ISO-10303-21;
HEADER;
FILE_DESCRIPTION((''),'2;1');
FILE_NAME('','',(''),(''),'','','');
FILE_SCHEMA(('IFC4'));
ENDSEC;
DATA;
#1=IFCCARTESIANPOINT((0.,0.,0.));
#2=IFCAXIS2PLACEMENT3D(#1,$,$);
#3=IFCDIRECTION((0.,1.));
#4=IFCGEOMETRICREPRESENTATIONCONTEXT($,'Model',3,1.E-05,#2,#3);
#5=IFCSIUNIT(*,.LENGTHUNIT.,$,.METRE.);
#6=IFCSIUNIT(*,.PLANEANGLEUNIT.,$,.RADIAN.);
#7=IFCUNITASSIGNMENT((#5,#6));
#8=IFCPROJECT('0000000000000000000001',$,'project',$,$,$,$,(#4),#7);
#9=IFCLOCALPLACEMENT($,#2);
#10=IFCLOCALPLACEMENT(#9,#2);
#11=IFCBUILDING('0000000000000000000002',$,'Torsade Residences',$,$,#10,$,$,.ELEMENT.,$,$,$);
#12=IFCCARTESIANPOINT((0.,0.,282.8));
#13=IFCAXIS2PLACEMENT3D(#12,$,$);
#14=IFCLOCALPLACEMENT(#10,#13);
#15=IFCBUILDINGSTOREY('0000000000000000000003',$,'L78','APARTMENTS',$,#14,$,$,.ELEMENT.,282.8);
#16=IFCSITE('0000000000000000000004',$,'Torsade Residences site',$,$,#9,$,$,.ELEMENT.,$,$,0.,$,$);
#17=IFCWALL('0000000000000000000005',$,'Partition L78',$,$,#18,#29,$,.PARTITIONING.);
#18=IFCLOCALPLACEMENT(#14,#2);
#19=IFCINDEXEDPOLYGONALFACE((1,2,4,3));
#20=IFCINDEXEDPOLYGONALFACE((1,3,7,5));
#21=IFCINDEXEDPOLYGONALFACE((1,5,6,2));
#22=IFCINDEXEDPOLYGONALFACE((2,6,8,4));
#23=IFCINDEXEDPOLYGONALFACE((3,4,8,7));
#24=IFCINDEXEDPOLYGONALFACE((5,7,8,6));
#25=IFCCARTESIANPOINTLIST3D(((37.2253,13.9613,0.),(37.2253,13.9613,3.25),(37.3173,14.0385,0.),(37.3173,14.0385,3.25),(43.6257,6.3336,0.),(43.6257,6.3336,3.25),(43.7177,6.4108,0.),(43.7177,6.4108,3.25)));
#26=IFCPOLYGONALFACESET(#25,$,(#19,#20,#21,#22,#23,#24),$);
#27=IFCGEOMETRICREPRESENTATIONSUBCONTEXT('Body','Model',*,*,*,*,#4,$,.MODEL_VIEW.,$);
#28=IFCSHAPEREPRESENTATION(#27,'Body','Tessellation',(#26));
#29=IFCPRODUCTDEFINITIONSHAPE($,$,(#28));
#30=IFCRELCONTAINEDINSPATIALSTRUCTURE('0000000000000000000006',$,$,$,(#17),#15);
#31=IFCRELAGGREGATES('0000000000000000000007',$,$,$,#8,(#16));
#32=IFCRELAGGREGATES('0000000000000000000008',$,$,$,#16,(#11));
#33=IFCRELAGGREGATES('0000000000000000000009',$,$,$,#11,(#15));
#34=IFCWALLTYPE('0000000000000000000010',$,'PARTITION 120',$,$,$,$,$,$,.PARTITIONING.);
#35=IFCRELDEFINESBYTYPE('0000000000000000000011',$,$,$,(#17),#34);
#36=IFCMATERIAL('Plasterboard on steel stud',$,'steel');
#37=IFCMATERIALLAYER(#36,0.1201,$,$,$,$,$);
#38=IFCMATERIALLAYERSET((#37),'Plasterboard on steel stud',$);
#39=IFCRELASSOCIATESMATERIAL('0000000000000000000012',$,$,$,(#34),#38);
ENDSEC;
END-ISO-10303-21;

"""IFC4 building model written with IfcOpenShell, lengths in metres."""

from ifc_helpers import new_model, si_unit, direction, frame, frame_2d, origin, place, context, subcontext, project, spatial, rectangle, extrude, material, layer, layer_set, type_object, element, save


model = new_model("IFC4")

# Units and contexts
model_context = context("Model", 3, precision=1e-05, world=origin(), true_north=direction((0.0, 1.0)))
body_context = subcontext(model_context, "Body", "Model", "MODEL_VIEW")
ifc_project = project(units=[si_unit("LENGTHUNIT", "METRE"), si_unit("PLANEANGLEUNIT", "RADIAN")], contexts=[model_context])

# Site, building, storey
site_placement = place(None, origin())
site = spatial("IfcSite", under=ifc_project, at=site_placement, Name="Torsade Residences site", CompositionType="ELEMENT", RefElevation=0.0)
building_placement = place(site_placement, origin())
building = spatial("IfcBuilding", under=site, at=building_placement, Name="Torsade Residences", CompositionType="ELEMENT")
storey_placement = place(building_placement, frame((0.0, 0.0, 282.8)))
storey = spatial("IfcBuildingStorey", under=building, at=storey_placement, Name="L78", Description="APARTMENTS", CompositionType="ELEMENT", Elevation=282.8)

# Wall
ifc_material_1 = material(Name="Plasterboard on steel stud", Category="steel")
ifc_layer_1 = layer(ifc_material_1, 0.1201)
ifc_layer_set_1 = layer_set([ifc_layer_1], Name="Plasterboard on steel stud")
wall_type = type_object("IfcWallType", Name="PARTITION 120", PredefinedType="PARTITIONING", material=ifc_layer_set_1)
wall_placement = place(storey_placement, frame((43.6716, 6.3723, 0.0), z_axis=(0.0, 0.0, 1.0), x_axis=(-0.642788, 0.766044, 0.0)))
element("IfcWall", 1, at=wall_placement, inside=storey, type_object=wall_type, Name="Partition L78", PredefinedType="PARTITIONING", context=body_context, shape_type="SweptSolid", body=[
    extrude(rectangle(XDim=9.9573, YDim=0.1201, at=frame_2d((4.9785, 0.0))), origin(), (0.0, 0.0, 1.0), 3.25),
])

save(model, "model.ifc")
